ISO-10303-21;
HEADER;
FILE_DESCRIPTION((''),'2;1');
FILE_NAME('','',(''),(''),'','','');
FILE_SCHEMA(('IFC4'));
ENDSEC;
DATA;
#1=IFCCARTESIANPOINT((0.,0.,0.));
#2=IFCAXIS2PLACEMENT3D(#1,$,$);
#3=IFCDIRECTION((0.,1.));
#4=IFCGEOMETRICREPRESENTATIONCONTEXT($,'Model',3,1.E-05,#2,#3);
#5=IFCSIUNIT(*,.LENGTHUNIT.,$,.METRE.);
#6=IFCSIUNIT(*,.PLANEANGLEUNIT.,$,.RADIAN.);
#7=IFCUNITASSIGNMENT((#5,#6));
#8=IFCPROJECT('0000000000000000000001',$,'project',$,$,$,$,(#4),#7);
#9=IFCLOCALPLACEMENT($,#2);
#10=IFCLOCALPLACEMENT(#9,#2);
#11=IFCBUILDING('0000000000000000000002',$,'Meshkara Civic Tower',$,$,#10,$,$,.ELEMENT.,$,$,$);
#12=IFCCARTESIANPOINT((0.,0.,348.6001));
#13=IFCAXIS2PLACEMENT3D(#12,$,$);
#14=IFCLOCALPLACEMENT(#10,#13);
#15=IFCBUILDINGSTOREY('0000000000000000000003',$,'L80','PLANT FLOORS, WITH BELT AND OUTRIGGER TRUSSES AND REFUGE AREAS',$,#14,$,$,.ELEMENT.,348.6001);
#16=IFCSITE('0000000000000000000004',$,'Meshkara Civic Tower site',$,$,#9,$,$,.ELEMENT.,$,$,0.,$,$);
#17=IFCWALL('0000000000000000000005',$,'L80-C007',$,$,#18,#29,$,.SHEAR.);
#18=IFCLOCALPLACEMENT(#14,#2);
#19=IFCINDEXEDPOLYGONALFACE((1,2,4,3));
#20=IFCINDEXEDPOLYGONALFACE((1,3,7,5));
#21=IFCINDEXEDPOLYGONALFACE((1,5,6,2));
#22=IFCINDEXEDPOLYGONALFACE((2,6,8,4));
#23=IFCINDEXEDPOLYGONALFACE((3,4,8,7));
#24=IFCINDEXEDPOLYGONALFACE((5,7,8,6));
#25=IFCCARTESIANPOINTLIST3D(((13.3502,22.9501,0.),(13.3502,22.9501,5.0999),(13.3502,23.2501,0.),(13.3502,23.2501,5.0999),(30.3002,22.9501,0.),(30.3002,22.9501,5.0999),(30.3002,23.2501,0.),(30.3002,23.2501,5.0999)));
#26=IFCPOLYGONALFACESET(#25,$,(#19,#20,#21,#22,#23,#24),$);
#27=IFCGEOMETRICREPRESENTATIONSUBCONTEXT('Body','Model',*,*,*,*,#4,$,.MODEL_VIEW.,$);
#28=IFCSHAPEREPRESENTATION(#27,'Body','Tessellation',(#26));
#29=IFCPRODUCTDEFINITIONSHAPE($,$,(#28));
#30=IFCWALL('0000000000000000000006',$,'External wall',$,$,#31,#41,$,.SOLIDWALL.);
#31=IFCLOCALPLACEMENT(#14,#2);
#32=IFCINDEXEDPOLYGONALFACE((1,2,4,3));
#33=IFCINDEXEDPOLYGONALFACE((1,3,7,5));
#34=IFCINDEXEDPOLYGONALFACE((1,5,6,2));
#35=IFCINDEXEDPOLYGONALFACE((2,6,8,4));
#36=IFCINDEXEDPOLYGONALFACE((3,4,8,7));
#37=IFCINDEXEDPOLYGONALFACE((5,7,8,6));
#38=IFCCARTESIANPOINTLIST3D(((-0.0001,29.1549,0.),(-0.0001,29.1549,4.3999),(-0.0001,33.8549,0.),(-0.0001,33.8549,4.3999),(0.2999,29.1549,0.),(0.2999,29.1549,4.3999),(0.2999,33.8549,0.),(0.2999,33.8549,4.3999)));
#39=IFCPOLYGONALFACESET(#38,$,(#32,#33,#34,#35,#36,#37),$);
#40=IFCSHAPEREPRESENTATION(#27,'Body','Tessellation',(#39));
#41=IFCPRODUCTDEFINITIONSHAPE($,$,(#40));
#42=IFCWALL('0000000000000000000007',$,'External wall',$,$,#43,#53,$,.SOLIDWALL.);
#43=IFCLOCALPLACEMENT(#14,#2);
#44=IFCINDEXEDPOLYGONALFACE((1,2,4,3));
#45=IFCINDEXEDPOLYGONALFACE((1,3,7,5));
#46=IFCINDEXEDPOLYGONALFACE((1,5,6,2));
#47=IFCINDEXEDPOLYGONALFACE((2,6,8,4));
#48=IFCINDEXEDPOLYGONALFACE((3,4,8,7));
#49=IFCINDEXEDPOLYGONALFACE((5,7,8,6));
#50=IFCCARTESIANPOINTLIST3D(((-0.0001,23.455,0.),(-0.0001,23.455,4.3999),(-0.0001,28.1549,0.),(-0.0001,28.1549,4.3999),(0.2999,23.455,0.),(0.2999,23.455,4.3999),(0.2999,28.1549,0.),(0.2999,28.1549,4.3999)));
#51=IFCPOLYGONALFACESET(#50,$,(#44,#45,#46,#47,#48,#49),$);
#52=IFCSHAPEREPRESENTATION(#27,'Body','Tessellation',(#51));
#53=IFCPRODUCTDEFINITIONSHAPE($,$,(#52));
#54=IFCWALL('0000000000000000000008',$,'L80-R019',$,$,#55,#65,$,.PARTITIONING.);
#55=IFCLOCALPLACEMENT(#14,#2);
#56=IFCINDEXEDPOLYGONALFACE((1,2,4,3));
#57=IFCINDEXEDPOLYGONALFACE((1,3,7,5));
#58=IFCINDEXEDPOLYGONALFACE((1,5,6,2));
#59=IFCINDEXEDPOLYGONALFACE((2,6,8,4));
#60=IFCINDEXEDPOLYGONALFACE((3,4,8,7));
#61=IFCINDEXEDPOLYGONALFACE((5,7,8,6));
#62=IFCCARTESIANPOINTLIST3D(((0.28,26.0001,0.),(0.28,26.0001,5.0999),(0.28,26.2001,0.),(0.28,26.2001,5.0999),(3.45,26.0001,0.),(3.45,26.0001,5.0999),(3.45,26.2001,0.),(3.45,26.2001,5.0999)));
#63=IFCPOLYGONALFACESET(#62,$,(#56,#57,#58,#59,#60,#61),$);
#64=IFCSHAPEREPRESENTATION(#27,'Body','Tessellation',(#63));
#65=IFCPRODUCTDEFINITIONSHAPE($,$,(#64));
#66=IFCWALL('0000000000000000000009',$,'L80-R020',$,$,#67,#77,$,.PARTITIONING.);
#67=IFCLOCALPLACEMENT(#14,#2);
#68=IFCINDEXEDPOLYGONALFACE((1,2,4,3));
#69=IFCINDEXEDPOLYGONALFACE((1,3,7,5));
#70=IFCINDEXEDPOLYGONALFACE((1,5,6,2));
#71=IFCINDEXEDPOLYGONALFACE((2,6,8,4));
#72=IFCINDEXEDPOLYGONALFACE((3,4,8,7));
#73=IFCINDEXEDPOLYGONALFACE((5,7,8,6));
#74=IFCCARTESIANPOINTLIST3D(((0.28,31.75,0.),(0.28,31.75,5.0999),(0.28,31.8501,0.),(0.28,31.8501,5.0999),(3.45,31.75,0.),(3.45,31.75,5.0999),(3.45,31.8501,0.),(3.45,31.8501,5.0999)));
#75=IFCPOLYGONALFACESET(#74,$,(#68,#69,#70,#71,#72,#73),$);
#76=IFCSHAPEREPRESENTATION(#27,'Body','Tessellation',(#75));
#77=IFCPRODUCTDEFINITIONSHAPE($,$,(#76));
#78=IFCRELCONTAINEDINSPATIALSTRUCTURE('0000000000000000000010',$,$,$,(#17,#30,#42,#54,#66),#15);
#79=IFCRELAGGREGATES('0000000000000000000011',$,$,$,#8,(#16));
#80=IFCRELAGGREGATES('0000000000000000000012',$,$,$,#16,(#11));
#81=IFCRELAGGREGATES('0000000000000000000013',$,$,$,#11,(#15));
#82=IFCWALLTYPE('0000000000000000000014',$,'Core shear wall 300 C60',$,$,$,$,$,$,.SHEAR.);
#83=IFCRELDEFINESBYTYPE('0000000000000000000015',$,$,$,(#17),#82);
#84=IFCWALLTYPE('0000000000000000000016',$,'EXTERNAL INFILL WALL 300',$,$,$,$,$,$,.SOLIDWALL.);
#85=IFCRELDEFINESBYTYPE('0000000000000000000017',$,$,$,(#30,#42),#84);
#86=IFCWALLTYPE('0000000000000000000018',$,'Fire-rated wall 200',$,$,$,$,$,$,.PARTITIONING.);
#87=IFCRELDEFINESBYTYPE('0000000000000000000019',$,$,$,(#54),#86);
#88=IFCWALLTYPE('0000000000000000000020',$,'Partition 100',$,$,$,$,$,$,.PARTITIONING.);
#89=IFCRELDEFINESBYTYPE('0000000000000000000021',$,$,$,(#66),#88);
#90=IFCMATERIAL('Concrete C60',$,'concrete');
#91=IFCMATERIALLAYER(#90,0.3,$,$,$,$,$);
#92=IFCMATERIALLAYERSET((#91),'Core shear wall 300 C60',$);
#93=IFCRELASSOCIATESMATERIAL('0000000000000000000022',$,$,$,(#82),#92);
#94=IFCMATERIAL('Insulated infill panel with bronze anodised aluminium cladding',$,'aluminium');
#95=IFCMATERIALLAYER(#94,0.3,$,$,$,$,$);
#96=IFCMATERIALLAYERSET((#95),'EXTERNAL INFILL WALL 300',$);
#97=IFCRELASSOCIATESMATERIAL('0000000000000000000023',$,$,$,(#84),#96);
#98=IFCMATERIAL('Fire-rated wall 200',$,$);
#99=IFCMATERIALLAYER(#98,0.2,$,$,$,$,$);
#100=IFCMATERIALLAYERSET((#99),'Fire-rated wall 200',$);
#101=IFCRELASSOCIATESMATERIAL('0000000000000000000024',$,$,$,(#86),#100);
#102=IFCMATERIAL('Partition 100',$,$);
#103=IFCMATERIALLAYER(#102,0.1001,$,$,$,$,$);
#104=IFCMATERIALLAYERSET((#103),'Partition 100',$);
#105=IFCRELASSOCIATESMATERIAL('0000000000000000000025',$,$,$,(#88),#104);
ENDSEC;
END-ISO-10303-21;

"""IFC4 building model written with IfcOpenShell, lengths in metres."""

from ifc_helpers import new_model, si_unit, direction, frame, frame_2d, origin, place, context, subcontext, project, spatial, rectangle, extrude, material, layer, layer_set, type_object, element, save


model = new_model("IFC4")

# Units and contexts
model_context = context("Model", 3, precision=1e-05, world=origin(), true_north=direction((0.0, 1.0)))
body_context = subcontext(model_context, "Body", "Model", "MODEL_VIEW")
ifc_project = project(units=[si_unit("LENGTHUNIT", "METRE"), si_unit("PLANEANGLEUNIT", "RADIAN")], contexts=[model_context])

# Site, building, storey
site_placement = place(None, origin())
site = spatial("IfcSite", under=ifc_project, at=site_placement, Name="Meshkara Civic Tower site", CompositionType="ELEMENT", RefElevation=0.0)
building_placement = place(site_placement, origin())
building = spatial("IfcBuilding", under=site, at=building_placement, Name="Meshkara Civic Tower", CompositionType="ELEMENT")
storey_placement = place(building_placement, frame((0.0, 0.0, 348.6001)))
storey = spatial("IfcBuildingStorey", under=building, at=storey_placement, Name="L80", Description="PLANT FLOORS, WITH BELT AND OUTRIGGER TRUSSES AND REFUGE AREAS", CompositionType="ELEMENT", Elevation=348.6001)

# Walls
ifc_material_1 = material(Name="Concrete C60", Category="concrete")
ifc_layer_1 = layer(ifc_material_1, 0.3)
ifc_layer_set_1 = layer_set([ifc_layer_1], Name="Core shear wall 300 C60")
wall_type_1 = type_object("IfcWallType", Name="Core shear wall 300 C60", PredefinedType="SHEAR", material=ifc_layer_set_1)
wall_1_placement = place(storey_placement, frame((13.3501, 23.1001, 0.0), z_axis=(0.0, 0.0, 1.0), x_axis=(1.0, 0.0, 0.0)))
element("IfcWall", 1, at=wall_1_placement, inside=storey, type_object=wall_type_1, Name="L80-C007", PredefinedType="SHEAR", context=body_context, shape_type="SweptSolid", body=[
    extrude(rectangle(XDim=16.95, YDim=0.3, at=frame_2d((8.4751, 0.0))), origin(), (0.0, 0.0, 1.0), 5.0999),
])
ifc_material_2 = material(Name="Insulated infill panel with bronze anodised aluminium cladding", Category="aluminium")
ifc_layer_2 = layer(ifc_material_2, 0.3)
ifc_layer_set_2 = layer_set([ifc_layer_2], Name="EXTERNAL INFILL WALL 300")
wall_type_2 = type_object("IfcWallType", Name="EXTERNAL INFILL WALL 300", PredefinedType="SOLIDWALL", material=ifc_layer_set_2)
for number, where, z_axis, x_axis, name in (
    (2, (0.1499, 33.855, 0.0), (0.0, 0.0, 1.0), (0.0, -1.0, 0.0), "External wall"),
    (3, (0.1499, 28.155, 0.0), (0.0, 0.0, 1.0), (0.0, -1.0, 0.0), "External wall"),
):
    element("IfcWall", number, at=place(storey_placement, frame(where, z_axis=z_axis, x_axis=x_axis)), inside=storey, type_object=wall_type_2, Name=name, PredefinedType="SOLIDWALL", context=body_context, shape_type="SweptSolid", body=[
        extrude(rectangle(XDim=4.7, YDim=0.3, at=frame_2d((2.3501, 0.0))), origin(), (0.0, 0.0, 1.0), 4.3999),
    ])
ifc_material_3 = material(Name="Fire-rated wall 200")
ifc_layer_3 = layer(ifc_material_3, 0.2)
ifc_layer_set_3 = layer_set([ifc_layer_3], Name="Fire-rated wall 200")
wall_type_3 = type_object("IfcWallType", Name="Fire-rated wall 200", PredefinedType="PARTITIONING", material=ifc_layer_set_3)
wall_2_placement = place(storey_placement, frame((3.45, 26.1001, 0.0), z_axis=(0.0, 0.0, 1.0), x_axis=(-1.0, 0.0, 0.0)))
element("IfcWall", 4, at=wall_2_placement, inside=storey, type_object=wall_type_3, Name="L80-R019", PredefinedType="PARTITIONING", context=body_context, shape_type="SweptSolid", body=[
    extrude(rectangle(XDim=3.1699, YDim=0.2, at=frame_2d((1.585, 0.0))), origin(), (0.0, 0.0, 1.0), 5.0999),
])
ifc_material_4 = material(Name="Partition 100")
ifc_layer_4 = layer(ifc_material_4, 0.1001)
ifc_layer_set_4 = layer_set([ifc_layer_4], Name="Partition 100")
wall_type_4 = type_object("IfcWallType", Name="Partition 100", PredefinedType="PARTITIONING", material=ifc_layer_set_4)
wall_3_placement = place(storey_placement, frame((3.45, 31.8, 0.0), z_axis=(0.0, 0.0, 1.0), x_axis=(-1.0, 0.0, 0.0)))
element("IfcWall", 5, at=wall_3_placement, inside=storey, type_object=wall_type_4, Name="L80-R020", PredefinedType="PARTITIONING", context=body_context, shape_type="SweptSolid", body=[
    extrude(rectangle(XDim=3.1699, YDim=0.1001, at=frame_2d((1.585, 0.0))), origin(), (0.0, 0.0, 1.0), 5.0999),
])

save(model, "model.ifc")
